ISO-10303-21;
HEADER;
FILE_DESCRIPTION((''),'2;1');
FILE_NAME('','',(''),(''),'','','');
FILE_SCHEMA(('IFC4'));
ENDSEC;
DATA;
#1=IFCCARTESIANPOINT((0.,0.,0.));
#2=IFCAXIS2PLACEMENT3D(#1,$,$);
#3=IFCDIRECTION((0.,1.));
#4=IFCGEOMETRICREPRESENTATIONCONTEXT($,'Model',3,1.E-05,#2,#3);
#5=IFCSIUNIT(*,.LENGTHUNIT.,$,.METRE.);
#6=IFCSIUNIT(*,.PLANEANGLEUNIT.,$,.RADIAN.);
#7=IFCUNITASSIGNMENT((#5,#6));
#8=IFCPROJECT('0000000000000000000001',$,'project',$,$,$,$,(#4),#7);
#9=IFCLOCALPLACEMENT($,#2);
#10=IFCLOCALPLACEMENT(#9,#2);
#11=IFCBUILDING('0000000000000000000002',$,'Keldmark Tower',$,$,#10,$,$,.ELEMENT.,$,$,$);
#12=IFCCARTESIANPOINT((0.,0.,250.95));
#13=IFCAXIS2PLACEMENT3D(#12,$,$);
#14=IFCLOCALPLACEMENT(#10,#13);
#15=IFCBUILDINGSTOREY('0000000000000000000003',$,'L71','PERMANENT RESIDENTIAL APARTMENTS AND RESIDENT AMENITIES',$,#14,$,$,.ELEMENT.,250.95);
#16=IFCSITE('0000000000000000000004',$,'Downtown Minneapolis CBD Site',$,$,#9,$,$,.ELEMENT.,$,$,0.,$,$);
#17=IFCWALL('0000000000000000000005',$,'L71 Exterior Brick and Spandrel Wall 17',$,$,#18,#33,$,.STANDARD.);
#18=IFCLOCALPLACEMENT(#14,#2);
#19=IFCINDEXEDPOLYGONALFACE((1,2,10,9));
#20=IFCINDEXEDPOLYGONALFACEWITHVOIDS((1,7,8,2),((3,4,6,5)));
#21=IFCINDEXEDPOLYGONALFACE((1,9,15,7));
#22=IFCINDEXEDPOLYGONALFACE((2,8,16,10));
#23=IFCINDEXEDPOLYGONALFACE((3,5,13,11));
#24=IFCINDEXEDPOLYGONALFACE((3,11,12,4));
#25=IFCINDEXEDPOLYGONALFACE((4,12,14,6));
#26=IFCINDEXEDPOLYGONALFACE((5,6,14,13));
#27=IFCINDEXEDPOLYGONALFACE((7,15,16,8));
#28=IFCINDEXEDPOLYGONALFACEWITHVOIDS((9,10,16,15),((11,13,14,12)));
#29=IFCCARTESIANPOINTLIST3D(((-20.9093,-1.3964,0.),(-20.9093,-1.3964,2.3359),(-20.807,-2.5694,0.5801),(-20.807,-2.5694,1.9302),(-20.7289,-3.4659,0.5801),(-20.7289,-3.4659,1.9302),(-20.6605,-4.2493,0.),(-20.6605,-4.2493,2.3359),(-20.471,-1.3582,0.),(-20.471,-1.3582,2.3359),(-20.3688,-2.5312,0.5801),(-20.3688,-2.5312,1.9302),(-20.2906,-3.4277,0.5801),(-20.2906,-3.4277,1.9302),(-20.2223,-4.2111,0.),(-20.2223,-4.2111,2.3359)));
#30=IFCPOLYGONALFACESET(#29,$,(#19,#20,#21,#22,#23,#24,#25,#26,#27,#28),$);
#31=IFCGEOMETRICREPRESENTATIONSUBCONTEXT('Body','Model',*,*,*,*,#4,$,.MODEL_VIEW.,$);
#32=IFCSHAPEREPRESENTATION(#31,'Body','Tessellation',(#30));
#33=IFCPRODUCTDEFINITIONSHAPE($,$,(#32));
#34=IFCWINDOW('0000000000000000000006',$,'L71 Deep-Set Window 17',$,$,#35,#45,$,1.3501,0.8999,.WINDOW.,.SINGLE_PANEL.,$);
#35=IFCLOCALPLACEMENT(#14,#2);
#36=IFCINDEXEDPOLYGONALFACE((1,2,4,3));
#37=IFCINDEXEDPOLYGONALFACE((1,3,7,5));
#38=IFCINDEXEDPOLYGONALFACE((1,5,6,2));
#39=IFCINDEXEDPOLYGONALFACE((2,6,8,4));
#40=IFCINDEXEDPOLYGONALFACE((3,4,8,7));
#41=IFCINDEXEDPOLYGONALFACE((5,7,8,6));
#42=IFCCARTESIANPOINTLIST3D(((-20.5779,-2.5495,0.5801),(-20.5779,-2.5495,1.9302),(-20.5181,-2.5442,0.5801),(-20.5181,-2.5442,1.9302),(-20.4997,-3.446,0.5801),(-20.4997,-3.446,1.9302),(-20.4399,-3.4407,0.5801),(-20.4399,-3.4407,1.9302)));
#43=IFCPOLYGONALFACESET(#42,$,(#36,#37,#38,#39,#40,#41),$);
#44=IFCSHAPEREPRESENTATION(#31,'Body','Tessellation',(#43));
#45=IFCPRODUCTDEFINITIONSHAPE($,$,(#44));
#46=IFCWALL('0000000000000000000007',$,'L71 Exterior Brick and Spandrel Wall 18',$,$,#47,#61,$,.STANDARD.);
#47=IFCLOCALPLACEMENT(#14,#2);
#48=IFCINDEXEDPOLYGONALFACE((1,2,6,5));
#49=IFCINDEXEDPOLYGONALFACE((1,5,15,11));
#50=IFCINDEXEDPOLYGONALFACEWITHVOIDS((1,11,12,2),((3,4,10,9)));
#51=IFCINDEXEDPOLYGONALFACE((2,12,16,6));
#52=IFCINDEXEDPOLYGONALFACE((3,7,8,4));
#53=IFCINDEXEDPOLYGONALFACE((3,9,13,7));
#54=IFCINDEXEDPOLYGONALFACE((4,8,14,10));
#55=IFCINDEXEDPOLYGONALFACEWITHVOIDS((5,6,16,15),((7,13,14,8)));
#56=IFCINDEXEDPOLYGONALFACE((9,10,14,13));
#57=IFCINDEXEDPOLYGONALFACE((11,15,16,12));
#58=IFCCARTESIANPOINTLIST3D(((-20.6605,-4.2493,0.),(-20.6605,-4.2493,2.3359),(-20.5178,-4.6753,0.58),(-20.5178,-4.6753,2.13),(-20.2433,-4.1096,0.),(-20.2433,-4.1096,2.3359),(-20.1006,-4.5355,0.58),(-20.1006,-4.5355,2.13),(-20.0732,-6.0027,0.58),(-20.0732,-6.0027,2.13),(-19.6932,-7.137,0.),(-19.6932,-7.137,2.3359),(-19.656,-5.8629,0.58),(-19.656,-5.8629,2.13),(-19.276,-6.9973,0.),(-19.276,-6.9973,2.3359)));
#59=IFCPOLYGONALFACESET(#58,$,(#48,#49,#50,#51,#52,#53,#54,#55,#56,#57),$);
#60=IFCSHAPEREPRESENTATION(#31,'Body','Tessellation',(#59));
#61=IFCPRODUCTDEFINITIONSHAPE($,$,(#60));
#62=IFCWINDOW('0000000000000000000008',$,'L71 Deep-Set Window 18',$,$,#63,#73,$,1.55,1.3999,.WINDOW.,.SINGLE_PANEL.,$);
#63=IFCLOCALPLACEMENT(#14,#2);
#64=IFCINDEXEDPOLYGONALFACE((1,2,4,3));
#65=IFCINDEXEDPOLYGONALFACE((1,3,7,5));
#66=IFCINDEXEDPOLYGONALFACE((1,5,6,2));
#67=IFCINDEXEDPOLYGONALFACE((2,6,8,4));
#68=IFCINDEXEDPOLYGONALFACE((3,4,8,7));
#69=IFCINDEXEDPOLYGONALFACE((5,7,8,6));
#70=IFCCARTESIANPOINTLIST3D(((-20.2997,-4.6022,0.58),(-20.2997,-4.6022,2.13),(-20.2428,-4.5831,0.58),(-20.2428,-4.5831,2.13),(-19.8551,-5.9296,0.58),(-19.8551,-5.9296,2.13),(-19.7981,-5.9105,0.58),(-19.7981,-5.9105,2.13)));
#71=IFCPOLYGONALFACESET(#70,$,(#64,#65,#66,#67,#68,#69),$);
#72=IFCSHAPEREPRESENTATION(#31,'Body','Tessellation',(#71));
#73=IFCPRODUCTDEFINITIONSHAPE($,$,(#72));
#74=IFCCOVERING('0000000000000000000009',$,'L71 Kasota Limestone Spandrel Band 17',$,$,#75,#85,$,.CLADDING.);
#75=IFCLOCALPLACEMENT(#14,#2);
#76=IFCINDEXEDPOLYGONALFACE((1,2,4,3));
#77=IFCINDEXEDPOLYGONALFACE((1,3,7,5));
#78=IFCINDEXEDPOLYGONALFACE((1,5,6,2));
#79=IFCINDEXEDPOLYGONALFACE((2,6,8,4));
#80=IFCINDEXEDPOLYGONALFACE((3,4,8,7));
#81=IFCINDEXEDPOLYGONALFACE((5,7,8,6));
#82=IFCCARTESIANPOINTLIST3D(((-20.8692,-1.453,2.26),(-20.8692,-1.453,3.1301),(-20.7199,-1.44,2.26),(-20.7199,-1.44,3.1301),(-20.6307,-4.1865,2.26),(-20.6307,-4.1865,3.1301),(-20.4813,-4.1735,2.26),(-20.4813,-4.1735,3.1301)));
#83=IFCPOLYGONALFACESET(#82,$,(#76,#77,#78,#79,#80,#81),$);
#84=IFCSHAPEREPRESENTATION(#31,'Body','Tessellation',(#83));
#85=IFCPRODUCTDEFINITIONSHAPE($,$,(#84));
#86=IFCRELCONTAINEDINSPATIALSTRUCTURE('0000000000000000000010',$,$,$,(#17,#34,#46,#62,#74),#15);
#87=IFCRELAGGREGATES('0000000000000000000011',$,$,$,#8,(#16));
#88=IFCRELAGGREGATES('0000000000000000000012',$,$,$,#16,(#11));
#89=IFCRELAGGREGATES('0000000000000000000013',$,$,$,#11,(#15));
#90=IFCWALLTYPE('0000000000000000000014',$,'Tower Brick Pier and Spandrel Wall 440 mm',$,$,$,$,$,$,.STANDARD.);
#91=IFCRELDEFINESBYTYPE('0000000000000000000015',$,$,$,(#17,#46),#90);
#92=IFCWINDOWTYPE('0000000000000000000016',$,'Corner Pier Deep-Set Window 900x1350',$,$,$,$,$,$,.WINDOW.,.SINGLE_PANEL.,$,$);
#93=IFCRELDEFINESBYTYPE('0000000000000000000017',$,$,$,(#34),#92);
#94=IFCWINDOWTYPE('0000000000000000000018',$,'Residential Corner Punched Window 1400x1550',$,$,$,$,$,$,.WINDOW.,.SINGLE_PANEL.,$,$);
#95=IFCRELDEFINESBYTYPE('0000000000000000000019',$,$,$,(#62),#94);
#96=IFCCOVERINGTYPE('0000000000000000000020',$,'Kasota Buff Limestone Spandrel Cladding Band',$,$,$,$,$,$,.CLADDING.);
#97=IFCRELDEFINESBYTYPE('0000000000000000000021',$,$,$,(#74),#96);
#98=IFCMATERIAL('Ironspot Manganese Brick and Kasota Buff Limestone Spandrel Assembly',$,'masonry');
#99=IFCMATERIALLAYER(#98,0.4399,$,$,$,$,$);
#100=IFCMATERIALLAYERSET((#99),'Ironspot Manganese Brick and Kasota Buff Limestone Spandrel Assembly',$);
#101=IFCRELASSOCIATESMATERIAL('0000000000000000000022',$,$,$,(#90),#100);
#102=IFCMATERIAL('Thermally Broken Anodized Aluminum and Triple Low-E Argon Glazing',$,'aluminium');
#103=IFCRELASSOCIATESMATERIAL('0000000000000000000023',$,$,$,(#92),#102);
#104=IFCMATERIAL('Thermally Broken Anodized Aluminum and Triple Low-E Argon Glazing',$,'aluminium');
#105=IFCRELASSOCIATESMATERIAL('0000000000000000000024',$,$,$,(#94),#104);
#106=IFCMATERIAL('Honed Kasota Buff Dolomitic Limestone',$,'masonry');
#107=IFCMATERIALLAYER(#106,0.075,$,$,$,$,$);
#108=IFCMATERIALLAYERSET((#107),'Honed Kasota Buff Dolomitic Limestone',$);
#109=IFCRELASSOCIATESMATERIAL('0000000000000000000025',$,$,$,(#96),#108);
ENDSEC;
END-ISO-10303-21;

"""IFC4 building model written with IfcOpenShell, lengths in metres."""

from ifc_helpers import new_model, si_unit, direction, frame, frame_2d, origin, origin_2d, place, context, subcontext, project, spatial, rectangle, extrude, material, layer, layer_set, type_object, element, fill, save


model = new_model("IFC4")

# Units and contexts
model_context = context("Model", 3, precision=1e-05, world=origin(), true_north=direction((0.0, 1.0)))
body_context = subcontext(model_context, "Body", "Model", "MODEL_VIEW")
ifc_project = project(units=[si_unit("LENGTHUNIT", "METRE"), si_unit("PLANEANGLEUNIT", "RADIAN")], contexts=[model_context])

# Site, building, storey
site_placement = place(None, origin())
site = spatial("IfcSite", under=ifc_project, at=site_placement, Name="Downtown Minneapolis CBD Site", CompositionType="ELEMENT", RefElevation=0.0)
building_placement = place(site_placement, origin())
building = spatial("IfcBuilding", under=site, at=building_placement, Name="Keldmark Tower", CompositionType="ELEMENT")
storey_placement = place(building_placement, frame((0.0, 0.0, 250.95)))
storey = spatial("IfcBuildingStorey", under=building, at=storey_placement, Name="L71", Description="PERMANENT RESIDENTIAL APARTMENTS AND RESIDENT AMENITIES", CompositionType="ELEMENT", Elevation=250.95)

# Walls, openings, windows
ifc_material_1 = material(Name="Ironspot Manganese Brick and Kasota Buff Limestone Spandrel Assembly", Category="masonry")
ifc_layer_1 = layer(ifc_material_1, 0.4399)
ifc_layer_set_1 = layer_set([ifc_layer_1], Name="Ironspot Manganese Brick and Kasota Buff Limestone Spandrel Assembly")
wall_type_1 = type_object("IfcWallType", Name="Tower Brick Pier and Spandrel Wall 440 mm", PredefinedType="STANDARD", material=ifc_layer_set_1)
wall_1_placement = place(storey_placement, frame((-20.4414, -4.2302, 0.0), z_axis=(0.0, 0.0, 1.0), x_axis=(-0.086869, 0.99622, 0.0)))
wall_1 = element("IfcWall", 1, at=wall_1_placement, inside=storey, type_object=wall_type_1, Name="L71 Exterior Brick and Spandrel Wall 17", PredefinedType="STANDARD", context=body_context, shape_type="SweptSolid", body=[
    extrude(rectangle(XDim=2.8638, YDim=0.4399, at=frame_2d((1.4319, 0.0))), origin(), (0.0, 0.0, 1.0), 2.3359),
])
opening_1_placement = place(wall_1_placement, frame((0.7864, 0.0, 0.5801)))
opening_1 = element("IfcOpeningElement", 2, at=opening_1_placement, cuts=wall_1, PredefinedType="OPENING", context=body_context, shape_type="SweptSolid", body=[
    extrude(rectangle(XDim=0.8999, YDim=1.3501, at=frame_2d((0.45, 0.675))), frame((0.0, 0.23, 0.0), z_axis=(0.0, -1.0, 0.0), x_axis=(1.0, 0.0, 0.0)), (0.0, 0.0, 1.0), 0.46),
])
ifc_material_2 = material(Name="Thermally Broken Anodized Aluminum and Triple Low-E Argon Glazing", Category="aluminium")
window_type_1 = type_object("IfcWindowType", Name="Corner Pier Deep-Set Window 900x1350", PartitioningType="SINGLE_PANEL", PredefinedType="WINDOW", material=ifc_material_2)
window_1_placement = place(opening_1_placement, origin())
window_1 = element("IfcWindow", 3, at=window_1_placement, inside=storey, type_object=window_type_1, Name="L71 Deep-Set Window 17", OverallHeight=1.3501, OverallWidth=0.8999, PartitioningType="SINGLE_PANEL", PredefinedType="WINDOW", context=body_context, shape_type="SweptSolid", body=[
    extrude(rectangle(XDim=0.8999, YDim=1.3501, at=frame_2d((0.45, 0.675))), frame((0.0, -0.01, 0.0), z_axis=(0.0, -1.0, 0.0), x_axis=(1.0, 0.0, 0.0)), (0.0, 0.0, 1.0), 0.0601),
])
fill(opening_1, window_1)
wall_2_placement = place(storey_placement, frame((-19.4846, -7.0671, 0.0), z_axis=(0.0, 0.0, 1.0), x_axis=(-0.317622, 0.948217, 0.0)))
wall_2 = element("IfcWall", 4, at=wall_2_placement, inside=storey, type_object=wall_type_1, Name="L71 Exterior Brick and Spandrel Wall 18", PredefinedType="STANDARD", context=body_context, shape_type="SweptSolid", body=[
    extrude(rectangle(XDim=3.0454, YDim=0.4399, at=frame_2d((1.5227, 0.0))), origin(), (0.0, 0.0, 1.0), 2.3359),
])
opening_2_placement = place(wall_2_placement, frame((1.1963, 0.0, 0.5801)))
opening_2 = element("IfcOpeningElement", 5, at=opening_2_placement, cuts=wall_2, PredefinedType="OPENING", context=body_context, shape_type="SweptSolid", body=[
    extrude(rectangle(XDim=1.3999, YDim=1.55, at=frame_2d((0.7, 0.7749))), frame((0.0, 0.23, 0.0), z_axis=(0.0, -1.0, 0.0), x_axis=(1.0, 0.0, 0.0)), (0.0, 0.0, 1.0), 0.46),
])
ifc_material_3 = material(Name="Thermally Broken Anodized Aluminum and Triple Low-E Argon Glazing", Category="aluminium")
window_type_2 = type_object("IfcWindowType", Name="Residential Corner Punched Window 1400x1550", PartitioningType="SINGLE_PANEL", PredefinedType="WINDOW", material=ifc_material_3)
window_2_placement = place(opening_2_placement, origin())
window_2 = element("IfcWindow", 6, at=window_2_placement, inside=storey, type_object=window_type_2, Name="L71 Deep-Set Window 18", OverallHeight=1.55, OverallWidth=1.3999, PartitioningType="SINGLE_PANEL", PredefinedType="WINDOW", context=body_context, shape_type="SweptSolid", body=[
    extrude(rectangle(XDim=1.3999, YDim=1.55, at=frame_2d((0.7, 0.7749))), frame((0.0, -0.01, 0.0), z_axis=(0.0, -1.0, 0.0), x_axis=(1.0, 0.0, 0.0)), (0.0, 0.0, 1.0), 0.0601),
])
fill(opening_2, window_2)

# Covering
ifc_material_4 = material(Name="Honed Kasota Buff Dolomitic Limestone", Category="masonry")
ifc_layer_2 = layer(ifc_material_4, 0.075)
ifc_layer_set_2 = layer_set([ifc_layer_2], Name="Honed Kasota Buff Dolomitic Limestone")
covering_type = type_object("IfcCoveringType", Name="Kasota Buff Limestone Spandrel Cladding Band", PredefinedType="CLADDING", material=ifc_layer_set_2)
covering_placement = place(storey_placement, frame((-20.6753, -2.8132, 2.26), z_axis=(0.0, 0.0, 1.0), x_axis=(0.086947, -0.996213, 0.0)))
element("IfcCovering", 7, at=covering_placement, inside=storey, type_object=covering_type, Name="L71 Kasota Limestone Spandrel Band 17", PredefinedType="CLADDING", context=body_context, shape_type="SweptSolid", body=[
    extrude(rectangle(XDim=2.7439, YDim=0.1499, at=origin_2d()), origin(), (0.0, 0.0, 1.0), 0.8701),
])

save(model, "model.ifc")
